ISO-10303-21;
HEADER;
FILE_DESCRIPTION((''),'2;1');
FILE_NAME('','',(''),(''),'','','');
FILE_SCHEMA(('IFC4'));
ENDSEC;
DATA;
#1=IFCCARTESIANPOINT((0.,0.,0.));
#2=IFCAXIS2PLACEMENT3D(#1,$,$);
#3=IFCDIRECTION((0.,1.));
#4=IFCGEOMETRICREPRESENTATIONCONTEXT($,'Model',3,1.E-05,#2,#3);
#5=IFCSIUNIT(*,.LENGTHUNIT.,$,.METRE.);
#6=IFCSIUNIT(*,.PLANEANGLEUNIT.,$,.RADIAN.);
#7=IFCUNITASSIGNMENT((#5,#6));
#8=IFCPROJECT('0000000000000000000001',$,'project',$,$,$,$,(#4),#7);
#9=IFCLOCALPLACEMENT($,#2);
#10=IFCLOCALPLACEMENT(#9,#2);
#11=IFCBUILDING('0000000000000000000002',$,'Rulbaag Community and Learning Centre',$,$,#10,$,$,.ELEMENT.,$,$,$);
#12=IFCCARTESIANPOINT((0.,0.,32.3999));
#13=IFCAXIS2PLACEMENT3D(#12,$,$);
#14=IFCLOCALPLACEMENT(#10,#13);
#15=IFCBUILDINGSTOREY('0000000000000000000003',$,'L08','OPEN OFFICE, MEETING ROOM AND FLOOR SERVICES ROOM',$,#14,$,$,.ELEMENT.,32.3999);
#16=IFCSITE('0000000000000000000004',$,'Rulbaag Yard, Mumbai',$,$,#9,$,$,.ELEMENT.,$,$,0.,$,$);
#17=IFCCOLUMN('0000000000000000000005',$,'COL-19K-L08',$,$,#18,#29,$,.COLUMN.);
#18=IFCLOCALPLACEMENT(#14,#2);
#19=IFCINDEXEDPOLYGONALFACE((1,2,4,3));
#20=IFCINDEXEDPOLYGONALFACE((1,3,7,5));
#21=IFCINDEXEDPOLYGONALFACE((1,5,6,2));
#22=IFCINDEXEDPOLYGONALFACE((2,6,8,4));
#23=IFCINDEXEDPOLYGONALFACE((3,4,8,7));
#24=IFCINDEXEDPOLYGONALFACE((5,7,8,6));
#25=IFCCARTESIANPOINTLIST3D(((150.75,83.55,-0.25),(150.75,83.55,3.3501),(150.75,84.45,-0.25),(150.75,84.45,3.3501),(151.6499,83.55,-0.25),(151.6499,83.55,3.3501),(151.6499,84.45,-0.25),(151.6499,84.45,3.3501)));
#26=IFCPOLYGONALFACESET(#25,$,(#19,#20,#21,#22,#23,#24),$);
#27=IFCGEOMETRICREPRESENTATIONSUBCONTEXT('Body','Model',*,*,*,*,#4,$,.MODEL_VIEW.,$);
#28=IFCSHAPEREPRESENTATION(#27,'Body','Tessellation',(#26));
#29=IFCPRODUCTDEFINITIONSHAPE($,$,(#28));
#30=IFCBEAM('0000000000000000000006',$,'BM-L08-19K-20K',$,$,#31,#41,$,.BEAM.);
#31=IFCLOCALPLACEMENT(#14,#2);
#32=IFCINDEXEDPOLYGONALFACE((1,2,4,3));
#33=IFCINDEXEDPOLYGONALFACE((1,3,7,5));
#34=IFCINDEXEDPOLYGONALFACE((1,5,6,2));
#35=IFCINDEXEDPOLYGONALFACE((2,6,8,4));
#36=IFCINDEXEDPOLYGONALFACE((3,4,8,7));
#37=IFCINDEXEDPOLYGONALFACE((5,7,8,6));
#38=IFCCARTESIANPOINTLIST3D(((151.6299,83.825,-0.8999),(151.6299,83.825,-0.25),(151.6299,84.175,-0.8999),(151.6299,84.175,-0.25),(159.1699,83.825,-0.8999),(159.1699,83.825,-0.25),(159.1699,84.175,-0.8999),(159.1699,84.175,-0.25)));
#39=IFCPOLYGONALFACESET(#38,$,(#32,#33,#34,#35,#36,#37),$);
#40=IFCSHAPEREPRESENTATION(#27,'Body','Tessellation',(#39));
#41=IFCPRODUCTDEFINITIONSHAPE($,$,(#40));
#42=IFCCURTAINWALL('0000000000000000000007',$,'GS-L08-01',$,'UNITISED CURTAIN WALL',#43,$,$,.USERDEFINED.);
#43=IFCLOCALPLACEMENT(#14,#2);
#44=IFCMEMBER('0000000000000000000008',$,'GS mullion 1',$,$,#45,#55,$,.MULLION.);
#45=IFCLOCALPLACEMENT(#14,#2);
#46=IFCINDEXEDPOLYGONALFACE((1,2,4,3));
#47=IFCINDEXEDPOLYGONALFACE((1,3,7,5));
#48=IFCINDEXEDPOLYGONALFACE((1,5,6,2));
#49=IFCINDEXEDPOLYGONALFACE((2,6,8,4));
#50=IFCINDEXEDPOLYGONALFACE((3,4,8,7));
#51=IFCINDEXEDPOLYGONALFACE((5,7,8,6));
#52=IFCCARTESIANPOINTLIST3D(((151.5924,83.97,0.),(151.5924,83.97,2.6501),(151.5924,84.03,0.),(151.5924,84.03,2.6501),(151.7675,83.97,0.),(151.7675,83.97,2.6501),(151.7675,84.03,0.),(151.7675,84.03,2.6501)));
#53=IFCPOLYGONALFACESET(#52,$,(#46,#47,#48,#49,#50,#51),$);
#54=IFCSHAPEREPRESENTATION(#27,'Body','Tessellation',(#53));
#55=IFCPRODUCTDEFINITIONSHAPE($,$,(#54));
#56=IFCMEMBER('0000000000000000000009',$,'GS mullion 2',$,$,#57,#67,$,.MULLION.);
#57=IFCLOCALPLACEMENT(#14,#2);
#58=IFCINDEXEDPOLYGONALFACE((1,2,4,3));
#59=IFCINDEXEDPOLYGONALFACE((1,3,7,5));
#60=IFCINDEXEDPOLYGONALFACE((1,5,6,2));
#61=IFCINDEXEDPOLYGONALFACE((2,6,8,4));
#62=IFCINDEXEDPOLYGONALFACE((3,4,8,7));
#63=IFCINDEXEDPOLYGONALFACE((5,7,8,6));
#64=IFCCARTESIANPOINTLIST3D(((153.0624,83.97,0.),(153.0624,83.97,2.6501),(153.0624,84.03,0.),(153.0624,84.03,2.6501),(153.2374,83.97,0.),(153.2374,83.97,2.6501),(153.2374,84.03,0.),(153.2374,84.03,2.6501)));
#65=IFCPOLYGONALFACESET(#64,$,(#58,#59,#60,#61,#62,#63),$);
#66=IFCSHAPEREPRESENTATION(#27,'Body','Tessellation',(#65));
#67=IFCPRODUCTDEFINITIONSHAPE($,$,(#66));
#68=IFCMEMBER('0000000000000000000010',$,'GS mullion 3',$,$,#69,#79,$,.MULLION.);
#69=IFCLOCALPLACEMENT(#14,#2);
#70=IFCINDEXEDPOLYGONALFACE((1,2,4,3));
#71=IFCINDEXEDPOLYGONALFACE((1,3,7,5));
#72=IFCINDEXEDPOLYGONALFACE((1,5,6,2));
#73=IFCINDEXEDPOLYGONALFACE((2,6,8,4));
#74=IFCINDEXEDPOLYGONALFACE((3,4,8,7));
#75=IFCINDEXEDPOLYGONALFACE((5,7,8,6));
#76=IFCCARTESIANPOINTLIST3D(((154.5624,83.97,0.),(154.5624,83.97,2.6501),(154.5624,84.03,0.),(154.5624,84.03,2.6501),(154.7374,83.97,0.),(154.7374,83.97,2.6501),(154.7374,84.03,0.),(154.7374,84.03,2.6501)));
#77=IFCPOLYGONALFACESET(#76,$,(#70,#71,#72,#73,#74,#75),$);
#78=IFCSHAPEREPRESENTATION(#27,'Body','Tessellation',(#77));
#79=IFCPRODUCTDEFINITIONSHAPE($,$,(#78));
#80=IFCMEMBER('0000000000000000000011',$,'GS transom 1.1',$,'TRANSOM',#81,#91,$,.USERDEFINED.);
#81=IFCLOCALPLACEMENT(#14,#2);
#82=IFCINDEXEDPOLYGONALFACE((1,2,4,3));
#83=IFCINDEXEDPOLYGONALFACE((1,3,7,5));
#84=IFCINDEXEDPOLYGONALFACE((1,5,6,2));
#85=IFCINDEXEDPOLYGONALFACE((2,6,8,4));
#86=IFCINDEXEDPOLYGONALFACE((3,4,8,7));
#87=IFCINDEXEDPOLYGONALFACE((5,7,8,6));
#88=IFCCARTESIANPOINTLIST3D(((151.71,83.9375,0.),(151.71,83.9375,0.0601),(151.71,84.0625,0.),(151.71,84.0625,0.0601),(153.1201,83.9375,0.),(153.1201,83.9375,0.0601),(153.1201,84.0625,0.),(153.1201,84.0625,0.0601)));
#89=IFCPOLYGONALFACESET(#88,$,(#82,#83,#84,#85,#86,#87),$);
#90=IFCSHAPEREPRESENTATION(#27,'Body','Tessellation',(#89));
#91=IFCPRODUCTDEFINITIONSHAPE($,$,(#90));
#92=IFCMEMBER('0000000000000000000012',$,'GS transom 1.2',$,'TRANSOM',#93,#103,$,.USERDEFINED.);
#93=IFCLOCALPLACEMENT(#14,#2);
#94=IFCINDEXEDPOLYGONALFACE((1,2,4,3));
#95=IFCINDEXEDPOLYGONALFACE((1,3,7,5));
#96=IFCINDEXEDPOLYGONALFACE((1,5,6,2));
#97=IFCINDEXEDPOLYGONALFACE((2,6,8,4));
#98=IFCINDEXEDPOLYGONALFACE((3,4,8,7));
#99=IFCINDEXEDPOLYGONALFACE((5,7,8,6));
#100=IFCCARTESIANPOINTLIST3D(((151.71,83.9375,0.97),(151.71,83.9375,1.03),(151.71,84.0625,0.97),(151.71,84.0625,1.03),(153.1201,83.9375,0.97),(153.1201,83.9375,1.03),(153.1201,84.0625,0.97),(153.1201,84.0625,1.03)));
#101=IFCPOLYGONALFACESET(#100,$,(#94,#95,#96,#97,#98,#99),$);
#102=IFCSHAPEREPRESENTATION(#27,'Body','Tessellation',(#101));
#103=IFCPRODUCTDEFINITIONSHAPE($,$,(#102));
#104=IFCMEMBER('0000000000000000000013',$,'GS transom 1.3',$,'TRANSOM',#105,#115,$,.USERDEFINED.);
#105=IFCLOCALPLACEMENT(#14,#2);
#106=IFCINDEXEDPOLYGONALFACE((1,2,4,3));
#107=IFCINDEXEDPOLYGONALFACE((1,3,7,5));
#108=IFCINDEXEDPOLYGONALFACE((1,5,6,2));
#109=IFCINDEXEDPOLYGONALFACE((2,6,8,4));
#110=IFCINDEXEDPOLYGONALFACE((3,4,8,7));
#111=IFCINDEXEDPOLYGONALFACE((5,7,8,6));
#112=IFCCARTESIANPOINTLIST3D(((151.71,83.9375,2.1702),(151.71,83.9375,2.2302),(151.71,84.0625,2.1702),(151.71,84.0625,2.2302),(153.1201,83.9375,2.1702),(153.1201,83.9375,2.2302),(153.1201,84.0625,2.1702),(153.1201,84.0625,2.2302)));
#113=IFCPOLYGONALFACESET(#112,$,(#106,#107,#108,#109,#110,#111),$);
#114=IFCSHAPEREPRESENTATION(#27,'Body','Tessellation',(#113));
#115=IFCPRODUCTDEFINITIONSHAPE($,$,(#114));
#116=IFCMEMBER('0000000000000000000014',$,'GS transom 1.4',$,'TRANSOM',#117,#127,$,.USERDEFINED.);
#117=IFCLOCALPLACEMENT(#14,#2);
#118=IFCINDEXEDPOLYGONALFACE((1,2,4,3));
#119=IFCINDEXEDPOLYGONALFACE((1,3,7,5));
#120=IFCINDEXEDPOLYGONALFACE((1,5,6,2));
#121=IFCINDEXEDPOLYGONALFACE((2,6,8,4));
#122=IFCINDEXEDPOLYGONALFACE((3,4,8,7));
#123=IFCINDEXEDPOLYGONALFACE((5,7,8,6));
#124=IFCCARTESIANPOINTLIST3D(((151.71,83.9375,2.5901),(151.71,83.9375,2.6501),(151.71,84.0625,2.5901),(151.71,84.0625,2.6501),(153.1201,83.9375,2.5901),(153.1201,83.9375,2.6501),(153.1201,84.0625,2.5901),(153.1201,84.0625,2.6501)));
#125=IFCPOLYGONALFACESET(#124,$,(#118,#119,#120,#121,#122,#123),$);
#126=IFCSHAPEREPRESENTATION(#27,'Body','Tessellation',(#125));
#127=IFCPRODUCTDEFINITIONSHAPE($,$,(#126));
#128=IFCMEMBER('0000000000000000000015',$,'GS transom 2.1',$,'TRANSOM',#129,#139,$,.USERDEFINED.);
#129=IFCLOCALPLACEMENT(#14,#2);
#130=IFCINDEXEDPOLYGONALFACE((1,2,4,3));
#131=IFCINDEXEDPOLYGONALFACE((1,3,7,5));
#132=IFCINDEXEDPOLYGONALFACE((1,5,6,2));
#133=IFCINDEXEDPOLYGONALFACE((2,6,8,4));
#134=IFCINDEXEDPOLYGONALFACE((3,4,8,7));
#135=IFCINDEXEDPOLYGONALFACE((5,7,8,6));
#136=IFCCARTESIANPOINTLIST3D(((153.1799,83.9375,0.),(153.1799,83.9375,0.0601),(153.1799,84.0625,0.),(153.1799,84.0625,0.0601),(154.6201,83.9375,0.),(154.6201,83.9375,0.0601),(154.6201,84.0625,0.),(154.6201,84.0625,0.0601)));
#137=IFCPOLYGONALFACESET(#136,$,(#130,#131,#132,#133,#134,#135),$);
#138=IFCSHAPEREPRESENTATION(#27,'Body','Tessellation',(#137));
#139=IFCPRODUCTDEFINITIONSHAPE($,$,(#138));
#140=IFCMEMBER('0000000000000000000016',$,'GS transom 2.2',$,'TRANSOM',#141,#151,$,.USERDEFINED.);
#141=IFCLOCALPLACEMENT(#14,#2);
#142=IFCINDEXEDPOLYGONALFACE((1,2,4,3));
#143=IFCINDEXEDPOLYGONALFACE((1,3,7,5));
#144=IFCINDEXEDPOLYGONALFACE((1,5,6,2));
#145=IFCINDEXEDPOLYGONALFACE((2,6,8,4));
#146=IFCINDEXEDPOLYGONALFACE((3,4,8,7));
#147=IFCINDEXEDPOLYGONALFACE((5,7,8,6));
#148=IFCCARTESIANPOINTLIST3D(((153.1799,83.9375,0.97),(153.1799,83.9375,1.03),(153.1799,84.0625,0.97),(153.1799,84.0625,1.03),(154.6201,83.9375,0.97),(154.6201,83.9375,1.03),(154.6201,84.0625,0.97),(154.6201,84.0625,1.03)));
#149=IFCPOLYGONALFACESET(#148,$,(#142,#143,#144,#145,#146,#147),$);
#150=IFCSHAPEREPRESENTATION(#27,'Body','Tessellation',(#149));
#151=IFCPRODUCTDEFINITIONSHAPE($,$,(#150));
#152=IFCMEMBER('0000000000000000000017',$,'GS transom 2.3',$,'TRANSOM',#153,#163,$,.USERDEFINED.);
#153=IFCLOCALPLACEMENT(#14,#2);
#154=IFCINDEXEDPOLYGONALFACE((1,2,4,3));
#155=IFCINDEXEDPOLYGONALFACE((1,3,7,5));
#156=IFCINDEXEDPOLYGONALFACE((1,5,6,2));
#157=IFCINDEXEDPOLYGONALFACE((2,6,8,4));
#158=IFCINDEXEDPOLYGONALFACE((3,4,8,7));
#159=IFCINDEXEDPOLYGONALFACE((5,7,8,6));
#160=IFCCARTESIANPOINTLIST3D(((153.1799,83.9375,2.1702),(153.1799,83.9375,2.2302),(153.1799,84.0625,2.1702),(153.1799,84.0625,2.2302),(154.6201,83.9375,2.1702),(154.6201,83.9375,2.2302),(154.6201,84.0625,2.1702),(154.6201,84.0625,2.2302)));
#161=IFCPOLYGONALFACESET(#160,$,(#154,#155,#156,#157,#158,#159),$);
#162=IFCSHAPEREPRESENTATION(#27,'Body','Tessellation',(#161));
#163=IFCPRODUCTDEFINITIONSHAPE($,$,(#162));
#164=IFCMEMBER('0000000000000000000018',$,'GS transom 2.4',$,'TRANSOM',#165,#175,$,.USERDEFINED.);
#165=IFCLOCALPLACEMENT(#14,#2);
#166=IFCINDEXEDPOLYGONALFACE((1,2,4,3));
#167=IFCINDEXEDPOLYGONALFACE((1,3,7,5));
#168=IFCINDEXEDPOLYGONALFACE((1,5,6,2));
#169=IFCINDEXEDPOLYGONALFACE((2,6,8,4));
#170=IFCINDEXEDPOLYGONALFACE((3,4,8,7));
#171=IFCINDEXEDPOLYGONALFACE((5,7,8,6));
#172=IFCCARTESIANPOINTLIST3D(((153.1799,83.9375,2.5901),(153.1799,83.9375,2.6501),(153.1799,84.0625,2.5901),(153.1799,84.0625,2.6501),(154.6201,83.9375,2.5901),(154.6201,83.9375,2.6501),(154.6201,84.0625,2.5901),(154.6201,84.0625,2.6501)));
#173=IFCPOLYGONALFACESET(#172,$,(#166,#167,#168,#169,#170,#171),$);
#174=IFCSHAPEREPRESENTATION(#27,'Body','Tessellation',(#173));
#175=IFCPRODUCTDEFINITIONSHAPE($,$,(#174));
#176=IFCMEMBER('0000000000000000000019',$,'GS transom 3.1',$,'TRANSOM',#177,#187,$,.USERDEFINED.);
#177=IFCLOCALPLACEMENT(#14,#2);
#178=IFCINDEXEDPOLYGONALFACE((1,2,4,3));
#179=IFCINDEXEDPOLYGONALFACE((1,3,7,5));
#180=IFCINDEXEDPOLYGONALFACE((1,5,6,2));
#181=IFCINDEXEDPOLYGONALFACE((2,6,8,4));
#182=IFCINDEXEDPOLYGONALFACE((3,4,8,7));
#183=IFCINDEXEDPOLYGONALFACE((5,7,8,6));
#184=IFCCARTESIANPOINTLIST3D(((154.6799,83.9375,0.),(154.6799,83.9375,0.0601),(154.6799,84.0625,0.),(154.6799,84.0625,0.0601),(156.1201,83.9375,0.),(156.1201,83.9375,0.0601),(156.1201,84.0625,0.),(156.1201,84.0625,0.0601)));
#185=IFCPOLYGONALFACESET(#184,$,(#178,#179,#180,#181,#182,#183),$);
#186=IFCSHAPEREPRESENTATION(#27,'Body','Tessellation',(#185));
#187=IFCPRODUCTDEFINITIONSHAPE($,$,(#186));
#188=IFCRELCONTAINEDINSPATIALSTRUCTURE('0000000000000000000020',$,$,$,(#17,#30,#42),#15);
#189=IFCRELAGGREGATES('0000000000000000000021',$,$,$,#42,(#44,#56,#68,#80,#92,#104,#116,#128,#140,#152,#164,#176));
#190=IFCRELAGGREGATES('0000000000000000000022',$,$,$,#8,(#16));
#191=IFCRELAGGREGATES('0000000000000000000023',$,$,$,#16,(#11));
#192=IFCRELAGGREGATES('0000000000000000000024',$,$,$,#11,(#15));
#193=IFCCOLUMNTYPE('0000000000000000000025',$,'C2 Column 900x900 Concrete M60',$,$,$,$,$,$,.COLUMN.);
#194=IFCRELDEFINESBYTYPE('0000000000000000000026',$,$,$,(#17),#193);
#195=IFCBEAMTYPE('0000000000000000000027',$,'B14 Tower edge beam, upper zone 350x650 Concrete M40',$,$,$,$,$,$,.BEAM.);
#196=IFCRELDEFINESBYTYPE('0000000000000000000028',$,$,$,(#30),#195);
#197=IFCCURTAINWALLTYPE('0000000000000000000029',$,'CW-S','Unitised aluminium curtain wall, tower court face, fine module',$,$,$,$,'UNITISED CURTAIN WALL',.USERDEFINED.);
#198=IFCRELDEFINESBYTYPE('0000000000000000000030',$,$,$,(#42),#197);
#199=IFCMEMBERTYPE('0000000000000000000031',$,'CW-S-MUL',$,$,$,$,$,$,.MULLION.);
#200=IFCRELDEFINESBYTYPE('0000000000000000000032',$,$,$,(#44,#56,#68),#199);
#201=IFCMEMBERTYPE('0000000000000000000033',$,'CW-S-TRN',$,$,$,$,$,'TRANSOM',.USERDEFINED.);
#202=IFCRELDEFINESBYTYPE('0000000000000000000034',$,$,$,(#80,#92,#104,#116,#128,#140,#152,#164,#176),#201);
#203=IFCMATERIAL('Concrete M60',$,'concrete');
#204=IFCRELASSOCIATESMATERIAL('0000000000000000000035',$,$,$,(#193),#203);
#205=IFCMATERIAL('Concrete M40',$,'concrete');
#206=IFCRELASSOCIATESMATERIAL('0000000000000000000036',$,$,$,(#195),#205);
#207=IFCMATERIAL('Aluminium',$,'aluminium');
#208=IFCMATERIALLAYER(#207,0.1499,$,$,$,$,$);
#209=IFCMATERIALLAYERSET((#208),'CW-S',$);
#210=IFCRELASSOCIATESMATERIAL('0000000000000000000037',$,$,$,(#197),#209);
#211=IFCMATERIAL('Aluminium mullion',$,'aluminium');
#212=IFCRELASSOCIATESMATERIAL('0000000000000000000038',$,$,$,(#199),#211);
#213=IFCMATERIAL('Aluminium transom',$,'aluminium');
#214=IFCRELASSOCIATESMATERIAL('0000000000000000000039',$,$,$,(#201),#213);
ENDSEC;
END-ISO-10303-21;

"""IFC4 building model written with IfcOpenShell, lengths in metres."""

from ifc_helpers import new_model, si_unit, direction, frame, origin, origin_2d, place, context, subcontext, project, spatial, rectangle, extrude, material, layer, layer_set, material_profile, profile_set, type_object, element, aggregate, save


model = new_model("IFC4")

# Units and contexts
model_context = context("Model", 3, precision=1e-05, world=origin(), true_north=direction((0.0, 1.0)))
body_context = subcontext(model_context, "Body", "Model", "MODEL_VIEW")
ifc_project = project(units=[si_unit("LENGTHUNIT", "METRE"), si_unit("PLANEANGLEUNIT", "RADIAN")], contexts=[model_context])

# Site, building, storey
site_placement = place(None, origin())
site = spatial("IfcSite", under=ifc_project, at=site_placement, Name="Rulbaag Yard, Mumbai", CompositionType="ELEMENT", RefElevation=0.0)
building_placement = place(site_placement, origin())
building = spatial("IfcBuilding", under=site, at=building_placement, Name="Rulbaag Community and Learning Centre", CompositionType="ELEMENT")
storey_placement = place(building_placement, frame((0.0, 0.0, 32.3999)))
storey = spatial("IfcBuildingStorey", under=building, at=storey_placement, Name="L08", Description="OPEN OFFICE, MEETING ROOM AND FLOOR SERVICES ROOM", CompositionType="ELEMENT", Elevation=32.3999)

# Column
ifc_material_1 = material(Name="Concrete M60", Category="concrete")
ifc_material_profile_1 = material_profile(ifc_material_1, rectangle(XDim=0.8999, YDim=0.8999, at=origin_2d()), Name="RC900x900")
ifc_profile_set_1 = profile_set([ifc_material_profile_1], Name="Concrete M60")
column_type = type_object("IfcColumnType", Name="C2 Column 900x900 Concrete M60", PredefinedType="COLUMN", material=ifc_profile_set_1)
column_placement = place(storey_placement, frame((151.2, 84.0, -0.25), z_axis=(0.0, 0.0, 1.0), x_axis=(1.0, 0.0, 0.0)))
element("IfcColumn", 1, at=column_placement, inside=storey, type_object=column_type, Name="COL-19K-L08", PredefinedType="COLUMN", context=body_context, shape_type="SweptSolid", body=[
    extrude(rectangle(XDim=0.8999, YDim=0.8999, at=origin_2d()), origin(), (0.0, 0.0, 1.0), 3.6001),
])

# Beam
ifc_material_2 = material(Name="Concrete M40", Category="concrete")
ifc_material_profile_2 = material_profile(ifc_material_2, rectangle(XDim=0.3501, YDim=0.6499, at=origin_2d()), Name="RB350x650")
ifc_profile_set_2 = profile_set([ifc_material_profile_2], Name="Concrete M40")
beam_type = type_object("IfcBeamType", Name="B14 Tower edge beam, upper zone 350x650 Concrete M40", PredefinedType="BEAM", material=ifc_profile_set_2)
beam_placement = place(storey_placement, frame((151.6299, 84.0, -0.575), z_axis=(1.0, 0.0, 0.0), x_axis=(0.0, 1.0, 0.0)))
element("IfcBeam", 2, at=beam_placement, inside=storey, type_object=beam_type, Name="BM-L08-19K-20K", PredefinedType="BEAM", context=body_context, shape_type="SweptSolid", body=[
    extrude(rectangle(XDim=0.3501, YDim=0.6499, at=origin_2d()), origin(), (0.0, 0.0, 1.0), 7.54),
])

# Curtain wall, members
ifc_material_3 = material(Name="Aluminium", Category="aluminium")
ifc_layer_1 = layer(ifc_material_3, 0.1499)
ifc_layer_set_1 = layer_set([ifc_layer_1], Name="CW-S")
curtain_wall_type = type_object("IfcCurtainWallType", Name="CW-S", Description="Unitised aluminium curtain wall, tower court face, fine module", ElementType="UNITISED CURTAIN WALL", PredefinedType="USERDEFINED", material=ifc_layer_set_1)
curtain_wall_placement = place(storey_placement, origin())
curtain_wall = element("IfcCurtainWall", 3, at=curtain_wall_placement, inside=storey, type_object=curtain_wall_type, Name="GS-L08-01", ObjectType="UNITISED CURTAIN WALL", PredefinedType="USERDEFINED")
ifc_material_4 = material(Name="Aluminium mullion", Category="aluminium")
ifc_material_profile_3 = material_profile(ifc_material_4, rectangle(XDim=0.0601, YDim=0.175, at=origin_2d()), Name="AL 60x175")
ifc_profile_set_3 = profile_set([ifc_material_profile_3], Name="Aluminium mullion")
member_type_1 = type_object("IfcMemberType", Name="CW-S-MUL", PredefinedType="MULLION", material=ifc_profile_set_3)
member_1_placement = place(storey_placement, frame((151.6799, 84.0, 0.0), z_axis=(0.0, 0.0, 1.0), x_axis=(0.0, 1.0, 0.0)))
member_1 = element("IfcMember", 4, at=member_1_placement, type_object=member_type_1, Name="GS mullion 1", PredefinedType="MULLION", context=body_context, shape_type="SweptSolid", body=[
    extrude(rectangle(XDim=0.0601, YDim=0.175, at=origin_2d()), origin(), (0.0, 0.0, 1.0), 2.6501),
])
member_2_placement = place(storey_placement, frame((153.1499, 84.0, 0.0), z_axis=(0.0, 0.0, 1.0), x_axis=(0.0, 1.0, 0.0)))
member_2 = element("IfcMember", 5, at=member_2_placement, type_object=member_type_1, Name="GS mullion 2", PredefinedType="MULLION", context=body_context, shape_type="SweptSolid", body=[
    extrude(rectangle(XDim=0.0601, YDim=0.175, at=origin_2d()), origin(), (0.0, 0.0, 1.0), 2.6501),
])
member_3_placement = place(storey_placement, frame((154.6499, 84.0, 0.0), z_axis=(0.0, 0.0, 1.0), x_axis=(0.0, 1.0, 0.0)))
member_3 = element("IfcMember", 6, at=member_3_placement, type_object=member_type_1, Name="GS mullion 3", PredefinedType="MULLION", context=body_context, shape_type="SweptSolid", body=[
    extrude(rectangle(XDim=0.0601, YDim=0.175, at=origin_2d()), origin(), (0.0, 0.0, 1.0), 2.6501),
])
ifc_material_5 = material(Name="Aluminium transom", Category="aluminium")
ifc_material_profile_4 = material_profile(ifc_material_5, rectangle(XDim=0.125, YDim=0.0601, at=origin_2d()), Name="AL 60x125 T")
ifc_profile_set_4 = profile_set([ifc_material_profile_4], Name="Aluminium transom")
member_type_2 = type_object("IfcMemberType", Name="CW-S-TRN", ElementType="TRANSOM", PredefinedType="USERDEFINED", material=ifc_profile_set_4)
member_4_placement = place(storey_placement, frame((151.71, 84.0, 0.03), z_axis=(1.0, 0.0, 0.0), x_axis=(0.0, 1.0, 0.0)))
member_4 = element("IfcMember", 7, at=member_4_placement, type_object=member_type_2, Name="GS transom 1.1", ObjectType="TRANSOM", PredefinedType="USERDEFINED", context=body_context, shape_type="SweptSolid", body=[
    extrude(rectangle(XDim=0.125, YDim=0.0601, at=origin_2d()), origin(), (0.0, 0.0, 1.0), 1.4102),
])
member_5_placement = place(storey_placement, frame((151.71, 84.0, 1.0), z_axis=(1.0, 0.0, 0.0), x_axis=(0.0, 1.0, 0.0)))
member_5 = element("IfcMember", 8, at=member_5_placement, type_object=member_type_2, Name="GS transom 1.2", ObjectType="TRANSOM", PredefinedType="USERDEFINED", context=body_context, shape_type="SweptSolid", body=[
    extrude(rectangle(XDim=0.125, YDim=0.0601, at=origin_2d()), origin(), (0.0, 0.0, 1.0), 1.4102),
])
member_6_placement = place(storey_placement, frame((151.71, 84.0, 2.2002), z_axis=(1.0, 0.0, 0.0), x_axis=(0.0, 1.0, 0.0)))
member_6 = element("IfcMember", 9, at=member_6_placement, type_object=member_type_2, Name="GS transom 1.3", ObjectType="TRANSOM", PredefinedType="USERDEFINED", context=body_context, shape_type="SweptSolid", body=[
    extrude(rectangle(XDim=0.125, YDim=0.0601, at=origin_2d()), origin(), (0.0, 0.0, 1.0), 1.4102),
])
member_7_placement = place(storey_placement, frame((151.71, 84.0, 2.6201), z_axis=(1.0, 0.0, 0.0), x_axis=(0.0, 1.0, 0.0)))
member_7 = element("IfcMember", 10, at=member_7_placement, type_object=member_type_2, Name="GS transom 1.4", ObjectType="TRANSOM", PredefinedType="USERDEFINED", context=body_context, shape_type="SweptSolid", body=[
    extrude(rectangle(XDim=0.125, YDim=0.0601, at=origin_2d()), origin(), (0.0, 0.0, 1.0), 1.4102),
])
member_8_placement = place(storey_placement, frame((153.1799, 84.0, 0.03), z_axis=(1.0, 0.0, 0.0), x_axis=(0.0, 1.0, 0.0)))
member_8 = element("IfcMember", 11, at=member_8_placement, type_object=member_type_2, Name="GS transom 2.1", ObjectType="TRANSOM", PredefinedType="USERDEFINED", context=body_context, shape_type="SweptSolid", body=[
    extrude(rectangle(XDim=0.125, YDim=0.0601, at=origin_2d()), origin(), (0.0, 0.0, 1.0), 1.4402),
])
member_9_placement = place(storey_placement, frame((153.1799, 84.0, 1.0), z_axis=(1.0, 0.0, 0.0), x_axis=(0.0, 1.0, 0.0)))
member_9 = element("IfcMember", 12, at=member_9_placement, type_object=member_type_2, Name="GS transom 2.2", ObjectType="TRANSOM", PredefinedType="USERDEFINED", context=body_context, shape_type="SweptSolid", body=[
    extrude(rectangle(XDim=0.125, YDim=0.0601, at=origin_2d()), origin(), (0.0, 0.0, 1.0), 1.4402),
])
member_10_placement = place(storey_placement, frame((153.1799, 84.0, 2.2002), z_axis=(1.0, 0.0, 0.0), x_axis=(0.0, 1.0, 0.0)))
member_10 = element("IfcMember", 13, at=member_10_placement, type_object=member_type_2, Name="GS transom 2.3", ObjectType="TRANSOM", PredefinedType="USERDEFINED", context=body_context, shape_type="SweptSolid", body=[
    extrude(rectangle(XDim=0.125, YDim=0.0601, at=origin_2d()), origin(), (0.0, 0.0, 1.0), 1.4402),
])
member_11_placement = place(storey_placement, frame((153.1799, 84.0, 2.6201), z_axis=(1.0, 0.0, 0.0), x_axis=(0.0, 1.0, 0.0)))
member_11 = element("IfcMember", 14, at=member_11_placement, type_object=member_type_2, Name="GS transom 2.4", ObjectType="TRANSOM", PredefinedType="USERDEFINED", context=body_context, shape_type="SweptSolid", body=[
    extrude(rectangle(XDim=0.125, YDim=0.0601, at=origin_2d()), origin(), (0.0, 0.0, 1.0), 1.4402),
])
member_12_placement = place(storey_placement, frame((154.6799, 84.0, 0.03), z_axis=(1.0, 0.0, 0.0), x_axis=(0.0, 1.0, 0.0)))
member_12 = element("IfcMember", 15, at=member_12_placement, type_object=member_type_2, Name="GS transom 3.1", ObjectType="TRANSOM", PredefinedType="USERDEFINED", context=body_context, shape_type="SweptSolid", body=[
    extrude(rectangle(XDim=0.125, YDim=0.0601, at=origin_2d()), origin(), (0.0, 0.0, 1.0), 1.4402),
])
aggregate(curtain_wall, [member_1, member_2, member_3, member_4, member_5, member_6, member_7, member_8, member_9, member_10, member_11, member_12])

save(model, "model.ifc")
